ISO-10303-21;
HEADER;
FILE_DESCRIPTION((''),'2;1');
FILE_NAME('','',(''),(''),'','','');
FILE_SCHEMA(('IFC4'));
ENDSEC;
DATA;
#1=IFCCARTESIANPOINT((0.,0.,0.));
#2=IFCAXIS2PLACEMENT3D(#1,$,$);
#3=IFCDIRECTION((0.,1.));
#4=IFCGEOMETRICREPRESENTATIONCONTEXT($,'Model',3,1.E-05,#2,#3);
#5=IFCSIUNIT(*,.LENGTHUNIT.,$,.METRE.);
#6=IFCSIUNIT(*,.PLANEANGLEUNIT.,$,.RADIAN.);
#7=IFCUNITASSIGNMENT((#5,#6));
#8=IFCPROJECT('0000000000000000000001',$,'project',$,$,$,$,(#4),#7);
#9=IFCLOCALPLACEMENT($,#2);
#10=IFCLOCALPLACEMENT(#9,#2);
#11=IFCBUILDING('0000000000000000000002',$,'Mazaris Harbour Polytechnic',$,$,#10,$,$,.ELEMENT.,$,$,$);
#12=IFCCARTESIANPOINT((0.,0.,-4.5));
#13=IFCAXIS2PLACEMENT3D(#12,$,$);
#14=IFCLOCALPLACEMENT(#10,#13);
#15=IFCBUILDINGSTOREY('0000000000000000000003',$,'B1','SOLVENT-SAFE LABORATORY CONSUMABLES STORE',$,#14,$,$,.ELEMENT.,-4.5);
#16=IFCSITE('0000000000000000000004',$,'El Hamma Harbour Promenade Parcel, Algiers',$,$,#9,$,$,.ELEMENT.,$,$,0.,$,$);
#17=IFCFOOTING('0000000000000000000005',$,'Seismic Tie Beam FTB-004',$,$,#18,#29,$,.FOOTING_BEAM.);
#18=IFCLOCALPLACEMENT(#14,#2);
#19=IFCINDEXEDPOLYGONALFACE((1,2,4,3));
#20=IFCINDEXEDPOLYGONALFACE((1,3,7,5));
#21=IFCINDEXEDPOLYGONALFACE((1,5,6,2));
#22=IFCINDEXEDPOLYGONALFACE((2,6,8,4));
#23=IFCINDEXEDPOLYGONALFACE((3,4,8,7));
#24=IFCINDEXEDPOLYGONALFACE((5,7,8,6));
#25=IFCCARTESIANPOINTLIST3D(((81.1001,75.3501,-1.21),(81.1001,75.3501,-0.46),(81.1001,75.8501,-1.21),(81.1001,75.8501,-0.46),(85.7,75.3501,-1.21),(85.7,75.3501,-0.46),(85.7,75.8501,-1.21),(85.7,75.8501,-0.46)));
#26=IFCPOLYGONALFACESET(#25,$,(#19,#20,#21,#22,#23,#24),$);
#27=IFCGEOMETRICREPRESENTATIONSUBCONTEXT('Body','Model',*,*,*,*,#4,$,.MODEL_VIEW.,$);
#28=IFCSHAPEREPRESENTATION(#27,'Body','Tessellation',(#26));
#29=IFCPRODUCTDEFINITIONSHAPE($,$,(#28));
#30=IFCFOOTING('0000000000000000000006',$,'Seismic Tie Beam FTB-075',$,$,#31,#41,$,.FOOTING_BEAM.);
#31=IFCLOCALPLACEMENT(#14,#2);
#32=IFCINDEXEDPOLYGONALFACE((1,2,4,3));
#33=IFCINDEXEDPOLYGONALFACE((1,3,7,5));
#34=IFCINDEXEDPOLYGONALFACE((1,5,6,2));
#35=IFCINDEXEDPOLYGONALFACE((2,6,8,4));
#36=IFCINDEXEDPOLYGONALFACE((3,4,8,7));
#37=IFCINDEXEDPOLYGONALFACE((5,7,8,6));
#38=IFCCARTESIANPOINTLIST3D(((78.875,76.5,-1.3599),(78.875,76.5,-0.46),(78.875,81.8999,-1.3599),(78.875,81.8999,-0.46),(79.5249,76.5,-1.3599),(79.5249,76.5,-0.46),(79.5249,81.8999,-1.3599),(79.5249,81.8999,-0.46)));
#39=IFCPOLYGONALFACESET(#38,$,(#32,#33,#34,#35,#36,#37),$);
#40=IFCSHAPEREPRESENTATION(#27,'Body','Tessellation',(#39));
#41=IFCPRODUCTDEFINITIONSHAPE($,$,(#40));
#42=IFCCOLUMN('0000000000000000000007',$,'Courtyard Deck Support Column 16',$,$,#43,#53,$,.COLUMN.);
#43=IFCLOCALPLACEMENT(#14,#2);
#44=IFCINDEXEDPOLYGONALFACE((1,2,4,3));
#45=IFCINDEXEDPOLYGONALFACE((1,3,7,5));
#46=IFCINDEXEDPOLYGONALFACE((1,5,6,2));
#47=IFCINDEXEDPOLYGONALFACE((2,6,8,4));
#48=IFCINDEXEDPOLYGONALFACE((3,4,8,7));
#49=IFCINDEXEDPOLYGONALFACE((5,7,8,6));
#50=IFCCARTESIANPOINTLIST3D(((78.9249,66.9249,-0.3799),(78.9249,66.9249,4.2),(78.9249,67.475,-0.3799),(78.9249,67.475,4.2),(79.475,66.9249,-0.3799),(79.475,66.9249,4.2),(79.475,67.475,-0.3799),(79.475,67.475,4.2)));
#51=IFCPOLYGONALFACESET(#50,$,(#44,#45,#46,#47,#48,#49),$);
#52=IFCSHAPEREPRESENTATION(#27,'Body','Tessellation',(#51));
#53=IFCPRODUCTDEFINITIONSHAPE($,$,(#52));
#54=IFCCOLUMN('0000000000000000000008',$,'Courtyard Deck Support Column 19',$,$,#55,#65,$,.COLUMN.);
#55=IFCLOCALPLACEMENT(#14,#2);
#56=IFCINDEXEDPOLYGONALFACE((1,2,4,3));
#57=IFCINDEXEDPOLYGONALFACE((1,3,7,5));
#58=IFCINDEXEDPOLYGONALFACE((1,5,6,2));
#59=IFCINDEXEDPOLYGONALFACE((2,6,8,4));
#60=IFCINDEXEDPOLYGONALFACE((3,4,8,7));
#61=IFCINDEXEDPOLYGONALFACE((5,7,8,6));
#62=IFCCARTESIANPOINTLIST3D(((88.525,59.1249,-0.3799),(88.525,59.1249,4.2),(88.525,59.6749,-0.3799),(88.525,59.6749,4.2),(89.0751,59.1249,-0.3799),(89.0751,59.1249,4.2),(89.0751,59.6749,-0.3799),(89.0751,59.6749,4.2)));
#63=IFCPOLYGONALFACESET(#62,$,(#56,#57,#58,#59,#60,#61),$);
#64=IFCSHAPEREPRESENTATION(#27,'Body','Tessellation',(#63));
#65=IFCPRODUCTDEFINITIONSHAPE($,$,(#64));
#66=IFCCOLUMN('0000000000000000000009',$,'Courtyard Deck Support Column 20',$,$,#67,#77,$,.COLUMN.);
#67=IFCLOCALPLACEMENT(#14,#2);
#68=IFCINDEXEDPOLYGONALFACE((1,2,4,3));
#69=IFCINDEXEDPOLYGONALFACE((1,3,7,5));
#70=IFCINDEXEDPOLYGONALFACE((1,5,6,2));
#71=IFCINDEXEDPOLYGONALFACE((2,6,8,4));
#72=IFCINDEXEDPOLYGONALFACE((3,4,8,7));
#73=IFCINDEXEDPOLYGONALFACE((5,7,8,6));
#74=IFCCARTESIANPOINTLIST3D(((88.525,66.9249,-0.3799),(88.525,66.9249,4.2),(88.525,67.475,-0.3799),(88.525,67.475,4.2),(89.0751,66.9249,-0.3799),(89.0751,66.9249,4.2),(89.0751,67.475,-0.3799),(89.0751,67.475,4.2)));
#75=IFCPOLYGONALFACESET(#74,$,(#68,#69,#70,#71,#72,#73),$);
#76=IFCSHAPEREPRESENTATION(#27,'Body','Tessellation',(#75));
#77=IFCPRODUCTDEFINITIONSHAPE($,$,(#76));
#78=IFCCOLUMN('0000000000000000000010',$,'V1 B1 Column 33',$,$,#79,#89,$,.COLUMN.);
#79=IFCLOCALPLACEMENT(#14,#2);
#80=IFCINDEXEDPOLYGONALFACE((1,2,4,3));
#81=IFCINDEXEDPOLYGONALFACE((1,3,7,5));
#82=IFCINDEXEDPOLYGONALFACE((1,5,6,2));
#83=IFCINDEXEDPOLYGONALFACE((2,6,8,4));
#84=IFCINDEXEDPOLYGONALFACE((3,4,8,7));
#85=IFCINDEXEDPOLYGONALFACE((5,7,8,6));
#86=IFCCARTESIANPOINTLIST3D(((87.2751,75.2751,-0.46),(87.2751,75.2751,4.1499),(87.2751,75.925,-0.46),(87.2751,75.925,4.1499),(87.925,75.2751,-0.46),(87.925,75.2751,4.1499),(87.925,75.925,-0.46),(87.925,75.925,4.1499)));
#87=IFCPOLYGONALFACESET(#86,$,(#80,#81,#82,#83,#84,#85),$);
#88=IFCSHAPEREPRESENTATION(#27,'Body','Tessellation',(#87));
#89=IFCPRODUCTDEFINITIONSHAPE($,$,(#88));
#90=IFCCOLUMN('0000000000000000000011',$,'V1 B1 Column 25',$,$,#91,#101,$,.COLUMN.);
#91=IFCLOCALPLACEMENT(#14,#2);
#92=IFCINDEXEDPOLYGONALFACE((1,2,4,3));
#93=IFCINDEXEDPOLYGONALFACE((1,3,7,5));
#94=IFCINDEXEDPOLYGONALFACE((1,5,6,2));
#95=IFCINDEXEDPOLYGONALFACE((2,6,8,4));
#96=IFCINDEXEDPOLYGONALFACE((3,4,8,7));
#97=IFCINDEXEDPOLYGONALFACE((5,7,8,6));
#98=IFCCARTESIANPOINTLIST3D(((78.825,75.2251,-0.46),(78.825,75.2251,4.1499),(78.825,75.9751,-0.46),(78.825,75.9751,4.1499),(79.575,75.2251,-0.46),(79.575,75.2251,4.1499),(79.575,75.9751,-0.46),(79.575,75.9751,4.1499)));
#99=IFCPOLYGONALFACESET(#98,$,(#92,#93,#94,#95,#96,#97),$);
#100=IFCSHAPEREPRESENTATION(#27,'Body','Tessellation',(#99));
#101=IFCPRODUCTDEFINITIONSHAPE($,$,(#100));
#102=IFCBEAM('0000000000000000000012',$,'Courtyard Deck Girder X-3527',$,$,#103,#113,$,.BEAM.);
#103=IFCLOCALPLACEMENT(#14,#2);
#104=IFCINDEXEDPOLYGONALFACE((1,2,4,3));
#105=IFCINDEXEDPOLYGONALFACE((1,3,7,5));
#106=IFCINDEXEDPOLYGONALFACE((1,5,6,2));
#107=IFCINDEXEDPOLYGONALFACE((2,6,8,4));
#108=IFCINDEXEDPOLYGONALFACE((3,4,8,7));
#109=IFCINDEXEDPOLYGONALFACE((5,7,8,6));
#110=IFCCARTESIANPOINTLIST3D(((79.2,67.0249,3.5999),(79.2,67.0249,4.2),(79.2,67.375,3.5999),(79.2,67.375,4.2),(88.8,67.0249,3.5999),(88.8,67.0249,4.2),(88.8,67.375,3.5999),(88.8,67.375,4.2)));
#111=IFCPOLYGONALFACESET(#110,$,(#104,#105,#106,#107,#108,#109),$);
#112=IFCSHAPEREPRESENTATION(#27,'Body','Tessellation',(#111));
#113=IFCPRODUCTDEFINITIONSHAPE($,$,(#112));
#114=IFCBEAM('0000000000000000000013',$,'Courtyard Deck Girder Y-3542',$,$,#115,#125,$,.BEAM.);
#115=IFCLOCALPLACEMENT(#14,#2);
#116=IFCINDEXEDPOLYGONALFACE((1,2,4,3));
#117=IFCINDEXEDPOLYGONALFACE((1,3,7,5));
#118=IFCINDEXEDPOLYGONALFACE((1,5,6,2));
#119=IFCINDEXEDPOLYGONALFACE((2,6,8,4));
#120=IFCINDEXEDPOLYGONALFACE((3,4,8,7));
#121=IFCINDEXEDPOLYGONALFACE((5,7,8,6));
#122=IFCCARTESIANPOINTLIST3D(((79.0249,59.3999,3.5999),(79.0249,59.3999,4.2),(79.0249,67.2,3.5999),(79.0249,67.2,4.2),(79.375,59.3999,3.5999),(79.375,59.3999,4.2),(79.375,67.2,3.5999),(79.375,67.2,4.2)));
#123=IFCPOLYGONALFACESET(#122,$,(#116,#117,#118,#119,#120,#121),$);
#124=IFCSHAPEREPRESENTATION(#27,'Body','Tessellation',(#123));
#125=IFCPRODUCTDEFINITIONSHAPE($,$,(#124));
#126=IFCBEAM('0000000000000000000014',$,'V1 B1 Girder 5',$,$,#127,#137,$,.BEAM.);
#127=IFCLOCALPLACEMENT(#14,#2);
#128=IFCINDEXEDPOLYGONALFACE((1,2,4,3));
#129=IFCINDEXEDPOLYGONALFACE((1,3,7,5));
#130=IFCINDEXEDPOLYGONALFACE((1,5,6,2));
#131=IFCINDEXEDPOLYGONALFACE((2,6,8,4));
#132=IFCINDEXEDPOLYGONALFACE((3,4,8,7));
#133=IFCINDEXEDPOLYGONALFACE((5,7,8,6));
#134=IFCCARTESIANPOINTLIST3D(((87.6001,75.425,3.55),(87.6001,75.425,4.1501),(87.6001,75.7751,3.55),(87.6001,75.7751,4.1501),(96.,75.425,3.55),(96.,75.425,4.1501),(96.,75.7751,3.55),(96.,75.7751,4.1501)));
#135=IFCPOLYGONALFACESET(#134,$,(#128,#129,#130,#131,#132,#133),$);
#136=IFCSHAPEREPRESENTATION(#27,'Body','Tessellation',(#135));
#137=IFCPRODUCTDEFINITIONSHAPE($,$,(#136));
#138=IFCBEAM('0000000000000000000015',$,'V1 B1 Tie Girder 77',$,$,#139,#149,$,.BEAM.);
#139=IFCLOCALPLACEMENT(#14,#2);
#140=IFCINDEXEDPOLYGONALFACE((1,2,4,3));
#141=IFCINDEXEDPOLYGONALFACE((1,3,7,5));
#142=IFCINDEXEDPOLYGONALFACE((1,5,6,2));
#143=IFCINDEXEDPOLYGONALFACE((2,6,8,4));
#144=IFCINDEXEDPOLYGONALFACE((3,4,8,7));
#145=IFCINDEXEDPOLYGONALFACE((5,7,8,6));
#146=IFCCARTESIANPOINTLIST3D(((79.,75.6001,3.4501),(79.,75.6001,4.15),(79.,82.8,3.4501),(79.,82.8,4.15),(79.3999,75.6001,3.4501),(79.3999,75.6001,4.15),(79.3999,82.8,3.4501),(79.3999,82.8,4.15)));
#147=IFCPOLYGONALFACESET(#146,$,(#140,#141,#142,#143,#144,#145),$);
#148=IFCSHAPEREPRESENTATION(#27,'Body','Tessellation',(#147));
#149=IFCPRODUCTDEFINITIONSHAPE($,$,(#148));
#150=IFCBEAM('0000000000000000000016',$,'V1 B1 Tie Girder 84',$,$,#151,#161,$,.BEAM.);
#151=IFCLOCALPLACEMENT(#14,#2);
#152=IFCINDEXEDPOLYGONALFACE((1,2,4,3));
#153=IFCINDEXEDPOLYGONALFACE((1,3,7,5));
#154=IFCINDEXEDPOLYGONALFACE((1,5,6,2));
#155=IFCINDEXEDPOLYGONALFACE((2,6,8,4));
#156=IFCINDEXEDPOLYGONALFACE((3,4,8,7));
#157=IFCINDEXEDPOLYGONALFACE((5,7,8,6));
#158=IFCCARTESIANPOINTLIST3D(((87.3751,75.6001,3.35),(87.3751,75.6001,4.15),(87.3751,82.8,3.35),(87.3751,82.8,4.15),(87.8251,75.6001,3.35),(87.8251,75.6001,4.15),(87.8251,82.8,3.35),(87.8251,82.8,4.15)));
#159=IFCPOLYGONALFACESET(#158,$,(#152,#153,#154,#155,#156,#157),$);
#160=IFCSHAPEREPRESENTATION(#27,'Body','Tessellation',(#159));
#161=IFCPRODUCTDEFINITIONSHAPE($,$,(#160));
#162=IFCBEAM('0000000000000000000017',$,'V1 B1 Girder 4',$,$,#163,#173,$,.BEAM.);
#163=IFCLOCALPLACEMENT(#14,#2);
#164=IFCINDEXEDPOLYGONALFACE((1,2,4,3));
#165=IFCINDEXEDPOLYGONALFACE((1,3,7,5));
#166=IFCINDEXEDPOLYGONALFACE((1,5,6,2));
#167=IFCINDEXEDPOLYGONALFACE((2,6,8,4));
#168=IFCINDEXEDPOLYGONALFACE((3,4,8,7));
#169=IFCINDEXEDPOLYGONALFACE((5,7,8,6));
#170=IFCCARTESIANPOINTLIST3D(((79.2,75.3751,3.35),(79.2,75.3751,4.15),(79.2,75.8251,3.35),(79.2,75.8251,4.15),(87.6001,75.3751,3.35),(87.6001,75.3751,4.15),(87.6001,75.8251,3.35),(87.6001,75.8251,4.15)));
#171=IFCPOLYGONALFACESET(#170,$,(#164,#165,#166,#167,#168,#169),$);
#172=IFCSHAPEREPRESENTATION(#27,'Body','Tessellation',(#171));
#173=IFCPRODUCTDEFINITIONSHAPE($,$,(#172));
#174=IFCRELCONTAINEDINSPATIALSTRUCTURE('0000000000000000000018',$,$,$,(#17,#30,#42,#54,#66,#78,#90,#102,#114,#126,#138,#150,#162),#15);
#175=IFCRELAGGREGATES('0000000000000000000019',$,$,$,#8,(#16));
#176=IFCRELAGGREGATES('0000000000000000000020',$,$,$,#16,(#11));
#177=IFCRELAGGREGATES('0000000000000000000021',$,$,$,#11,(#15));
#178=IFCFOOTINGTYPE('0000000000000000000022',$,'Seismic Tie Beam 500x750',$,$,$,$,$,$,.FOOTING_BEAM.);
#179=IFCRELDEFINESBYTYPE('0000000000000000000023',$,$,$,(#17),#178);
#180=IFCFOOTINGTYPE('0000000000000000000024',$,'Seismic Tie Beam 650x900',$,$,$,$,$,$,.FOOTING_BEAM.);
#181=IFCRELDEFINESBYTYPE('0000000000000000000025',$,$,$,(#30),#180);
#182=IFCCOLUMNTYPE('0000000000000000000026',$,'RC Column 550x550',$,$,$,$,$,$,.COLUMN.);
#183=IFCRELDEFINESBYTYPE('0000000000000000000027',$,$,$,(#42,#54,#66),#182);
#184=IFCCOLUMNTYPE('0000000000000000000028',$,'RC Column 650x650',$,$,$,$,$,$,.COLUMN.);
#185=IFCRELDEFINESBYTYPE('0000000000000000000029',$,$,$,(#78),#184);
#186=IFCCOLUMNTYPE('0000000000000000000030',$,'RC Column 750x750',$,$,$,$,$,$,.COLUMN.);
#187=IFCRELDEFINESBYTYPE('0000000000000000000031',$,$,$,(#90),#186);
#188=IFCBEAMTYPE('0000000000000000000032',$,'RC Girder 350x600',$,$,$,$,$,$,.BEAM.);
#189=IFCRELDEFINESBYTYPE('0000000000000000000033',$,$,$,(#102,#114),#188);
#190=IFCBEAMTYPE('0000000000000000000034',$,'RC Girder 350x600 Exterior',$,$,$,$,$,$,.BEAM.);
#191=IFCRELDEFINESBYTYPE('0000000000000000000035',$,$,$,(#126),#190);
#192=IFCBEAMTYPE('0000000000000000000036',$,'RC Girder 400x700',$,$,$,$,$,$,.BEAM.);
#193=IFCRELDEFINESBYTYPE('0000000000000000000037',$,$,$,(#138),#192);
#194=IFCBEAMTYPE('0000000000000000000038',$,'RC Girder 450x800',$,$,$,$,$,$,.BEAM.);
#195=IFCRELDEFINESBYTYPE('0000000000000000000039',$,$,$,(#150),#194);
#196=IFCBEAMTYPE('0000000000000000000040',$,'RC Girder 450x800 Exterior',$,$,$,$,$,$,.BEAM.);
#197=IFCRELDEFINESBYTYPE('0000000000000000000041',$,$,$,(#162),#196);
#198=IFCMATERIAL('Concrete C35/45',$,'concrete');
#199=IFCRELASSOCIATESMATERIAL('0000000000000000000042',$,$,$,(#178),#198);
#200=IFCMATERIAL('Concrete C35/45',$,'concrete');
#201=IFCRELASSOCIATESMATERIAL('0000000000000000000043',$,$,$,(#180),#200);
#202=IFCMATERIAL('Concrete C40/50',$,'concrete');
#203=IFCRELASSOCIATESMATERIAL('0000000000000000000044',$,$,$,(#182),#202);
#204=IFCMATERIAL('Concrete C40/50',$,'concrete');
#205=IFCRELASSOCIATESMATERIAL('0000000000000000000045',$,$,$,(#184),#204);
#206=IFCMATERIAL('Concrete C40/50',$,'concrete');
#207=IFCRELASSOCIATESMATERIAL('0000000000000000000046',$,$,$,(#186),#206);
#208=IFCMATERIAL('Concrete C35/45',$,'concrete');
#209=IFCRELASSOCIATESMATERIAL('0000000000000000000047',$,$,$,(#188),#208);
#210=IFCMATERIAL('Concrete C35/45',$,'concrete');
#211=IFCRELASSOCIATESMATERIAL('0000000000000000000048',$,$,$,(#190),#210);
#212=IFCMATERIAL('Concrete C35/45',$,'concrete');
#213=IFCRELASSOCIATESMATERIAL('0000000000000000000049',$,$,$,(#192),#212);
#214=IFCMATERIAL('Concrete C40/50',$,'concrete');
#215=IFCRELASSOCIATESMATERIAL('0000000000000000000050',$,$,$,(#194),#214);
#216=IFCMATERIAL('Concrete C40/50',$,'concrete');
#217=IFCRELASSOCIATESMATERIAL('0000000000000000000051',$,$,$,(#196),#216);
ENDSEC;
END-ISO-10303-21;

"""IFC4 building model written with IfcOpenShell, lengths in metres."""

from ifc_helpers import new_model, si_unit, direction, frame, origin, origin_2d, place, context, subcontext, project, spatial, rectangle, extrude, material, material_profile, profile_set, type_object, element, save


model = new_model("IFC4")

# Units and contexts
model_context = context("Model", 3, precision=1e-05, world=origin(), true_north=direction((0.0, 1.0)))
body_context = subcontext(model_context, "Body", "Model", "MODEL_VIEW")
ifc_project = project(units=[si_unit("LENGTHUNIT", "METRE"), si_unit("PLANEANGLEUNIT", "RADIAN")], contexts=[model_context])

# Site, building, storey
site_placement = place(None, origin())
site = spatial("IfcSite", under=ifc_project, at=site_placement, Name="El Hamma Harbour Promenade Parcel, Algiers", CompositionType="ELEMENT", RefElevation=0.0)
building_placement = place(site_placement, origin())
building = spatial("IfcBuilding", under=site, at=building_placement, Name="Mazaris Harbour Polytechnic", CompositionType="ELEMENT")
storey_placement = place(building_placement, frame((0.0, 0.0, -4.5)))
storey = spatial("IfcBuildingStorey", under=building, at=storey_placement, Name="B1", Description="SOLVENT-SAFE LABORATORY CONSUMABLES STORE", CompositionType="ELEMENT", Elevation=-4.5)

# Footings
ifc_material_1 = material(Name="Concrete C35/45", Category="concrete")
ifc_material_profile_1 = material_profile(ifc_material_1, rectangle(XDim=0.5, YDim=0.75, at=origin_2d()), Name="RECT500x750")
ifc_profile_set_1 = profile_set([ifc_material_profile_1], Name="Concrete C35/45")
footing_type_1 = type_object("IfcFootingType", Name="Seismic Tie Beam 500x750", PredefinedType="FOOTING_BEAM", material=ifc_profile_set_1)
footing_1_placement = place(storey_placement, frame((81.1001, 75.6001, -0.835), z_axis=(1.0, 0.0, 0.0), x_axis=(0.0, 1.0, 0.0)))
element("IfcFooting", 1, at=footing_1_placement, inside=storey, type_object=footing_type_1, Name="Seismic Tie Beam FTB-004", PredefinedType="FOOTING_BEAM", context=body_context, shape_type="SweptSolid", body=[
    extrude(rectangle(XDim=0.5, YDim=0.75, at=origin_2d()), origin(), (0.0, 0.0, 1.0), 4.5999),
])
ifc_material_2 = material(Name="Concrete C35/45", Category="concrete")
ifc_material_profile_2 = material_profile(ifc_material_2, rectangle(XDim=0.6499, YDim=0.8999, at=origin_2d()), Name="RECT650x900")
ifc_profile_set_2 = profile_set([ifc_material_profile_2], Name="Concrete C35/45")
footing_type_2 = type_object("IfcFootingType", Name="Seismic Tie Beam 650x900", PredefinedType="FOOTING_BEAM", material=ifc_profile_set_2)
footing_2_placement = place(storey_placement, frame((79.2, 76.5, -0.9099), z_axis=(0.0, 1.0, 0.0), x_axis=(-1.0, 0.0, 0.0)))
element("IfcFooting", 2, at=footing_2_placement, inside=storey, type_object=footing_type_2, Name="Seismic Tie Beam FTB-075", PredefinedType="FOOTING_BEAM", context=body_context, shape_type="SweptSolid", body=[
    extrude(rectangle(XDim=0.6499, YDim=0.8999, at=origin_2d()), origin(), (0.0, 0.0, 1.0), 5.3999),
])

# Columns
ifc_material_3 = material(Name="Concrete C40/50", Category="concrete")
ifc_material_profile_3 = material_profile(ifc_material_3, rectangle(XDim=0.55, YDim=0.55, at=origin_2d()), Name="RECT550x550")
ifc_profile_set_3 = profile_set([ifc_material_profile_3], Name="Concrete C40/50")
column_type_1 = type_object("IfcColumnType", Name="RC Column 550x550", PredefinedType="COLUMN", material=ifc_profile_set_3)
for number, where, z_axis, x_axis, name in (
    (3, (79.2, 67.2, -0.3799), (0.0, 0.0, 1.0), (1.0, 0.0, 0.0), "Courtyard Deck Support Column 16"),
    (4, (88.8, 59.3999, -0.3799), (0.0, 0.0, 1.0), (1.0, 0.0, 0.0), "Courtyard Deck Support Column 19"),
    (5, (88.8, 67.2, -0.3799), (0.0, 0.0, 1.0), (1.0, 0.0, 0.0), "Courtyard Deck Support Column 20"),
):
    element("IfcColumn", number, at=place(storey_placement, frame(where, z_axis=z_axis, x_axis=x_axis)), inside=storey, type_object=column_type_1, Name=name, PredefinedType="COLUMN", context=body_context, shape_type="SweptSolid", body=[
        extrude(rectangle(XDim=0.55, YDim=0.55, at=origin_2d()), origin(), (0.0, 0.0, 1.0), 4.5798),
    ])
ifc_material_4 = material(Name="Concrete C40/50", Category="concrete")
ifc_material_profile_4 = material_profile(ifc_material_4, rectangle(XDim=0.6499, YDim=0.6499, at=origin_2d()), Name="RECT650x650")
ifc_profile_set_4 = profile_set([ifc_material_profile_4], Name="Concrete C40/50")
column_type_2 = type_object("IfcColumnType", Name="RC Column 650x650", PredefinedType="COLUMN", material=ifc_profile_set_4)
column_1_placement = place(storey_placement, frame((87.6001, 75.6001, -0.46), z_axis=(0.0, 0.0, 1.0), x_axis=(1.0, 0.0, 0.0)))
element("IfcColumn", 6, at=column_1_placement, inside=storey, type_object=column_type_2, Name="V1 B1 Column 33", PredefinedType="COLUMN", context=body_context, shape_type="SweptSolid", body=[
    extrude(rectangle(XDim=0.6499, YDim=0.6499, at=origin_2d()), origin(), (0.0, 0.0, 1.0), 4.6099),
])
ifc_material_5 = material(Name="Concrete C40/50", Category="concrete")
ifc_material_profile_5 = material_profile(ifc_material_5, rectangle(XDim=0.75, YDim=0.75, at=origin_2d()), Name="RECT750x750")
ifc_profile_set_5 = profile_set([ifc_material_profile_5], Name="Concrete C40/50")
column_type_3 = type_object("IfcColumnType", Name="RC Column 750x750", PredefinedType="COLUMN", material=ifc_profile_set_5)
column_2_placement = place(storey_placement, frame((79.2, 75.6001, -0.46), z_axis=(0.0, 0.0, 1.0), x_axis=(1.0, 0.0, 0.0)))
element("IfcColumn", 7, at=column_2_placement, inside=storey, type_object=column_type_3, Name="V1 B1 Column 25", PredefinedType="COLUMN", context=body_context, shape_type="SweptSolid", body=[
    extrude(rectangle(XDim=0.75, YDim=0.75, at=origin_2d()), origin(), (0.0, 0.0, 1.0), 4.6099),
])

# Beams
ifc_material_6 = material(Name="Concrete C35/45", Category="concrete")
ifc_material_profile_6 = material_profile(ifc_material_6, rectangle(XDim=0.3501, YDim=0.6001, at=origin_2d()), Name="RECT350x600")
ifc_profile_set_6 = profile_set([ifc_material_profile_6], Name="Concrete C35/45")
beam_type_1 = type_object("IfcBeamType", Name="RC Girder 350x600", PredefinedType="BEAM", material=ifc_profile_set_6)
beam_1_placement = place(storey_placement, frame((79.2, 67.2, 3.8999), z_axis=(1.0, 0.0, 0.0), x_axis=(0.0, 1.0, 0.0)))
element("IfcBeam", 8, at=beam_1_placement, inside=storey, type_object=beam_type_1, Name="Courtyard Deck Girder X-3527", PredefinedType="BEAM", context=body_context, shape_type="SweptSolid", body=[
    extrude(rectangle(XDim=0.3501, YDim=0.6001, at=origin_2d()), origin(), (0.0, 0.0, 1.0), 9.6001),
])
beam_2_placement = place(storey_placement, frame((79.2, 59.3999, 3.8999), z_axis=(0.0, 1.0, 0.0), x_axis=(-1.0, 0.0, 0.0)))
element("IfcBeam", 9, at=beam_2_placement, inside=storey, type_object=beam_type_1, Name="Courtyard Deck Girder Y-3542", PredefinedType="BEAM", context=body_context, shape_type="SweptSolid", body=[
    extrude(rectangle(XDim=0.3501, YDim=0.6001, at=origin_2d()), origin(), (0.0, 0.0, 1.0), 7.8),
])
ifc_material_7 = material(Name="Concrete C35/45", Category="concrete")
ifc_material_profile_7 = material_profile(ifc_material_7, rectangle(XDim=0.3501, YDim=0.6001, at=origin_2d()), Name="RECT350x600")
ifc_profile_set_7 = profile_set([ifc_material_profile_7], Name="Concrete C35/45")
beam_type_2 = type_object("IfcBeamType", Name="RC Girder 350x600 Exterior", PredefinedType="BEAM", material=ifc_profile_set_7)
beam_3_placement = place(storey_placement, frame((87.6001, 75.6001, 3.8501), z_axis=(1.0, 0.0, 0.0), x_axis=(0.0, 1.0, 0.0)))
element("IfcBeam", 10, at=beam_3_placement, inside=storey, type_object=beam_type_2, Name="V1 B1 Girder 5", PredefinedType="BEAM", context=body_context, shape_type="SweptSolid", body=[
    extrude(rectangle(XDim=0.3501, YDim=0.6001, at=origin_2d()), origin(), (0.0, 0.0, 1.0), 8.3999),
])
ifc_material_8 = material(Name="Concrete C35/45", Category="concrete")
ifc_material_profile_8 = material_profile(ifc_material_8, rectangle(XDim=0.3999, YDim=0.7, at=origin_2d()), Name="RECT400x700")
ifc_profile_set_8 = profile_set([ifc_material_profile_8], Name="Concrete C35/45")
beam_type_3 = type_object("IfcBeamType", Name="RC Girder 400x700", PredefinedType="BEAM", material=ifc_profile_set_8)
beam_4_placement = place(storey_placement, frame((79.2, 75.6001, 3.8), z_axis=(0.0, 1.0, 0.0), x_axis=(-1.0, 0.0, 0.0)))
element("IfcBeam", 11, at=beam_4_placement, inside=storey, type_object=beam_type_3, Name="V1 B1 Tie Girder 77", PredefinedType="BEAM", context=body_context, shape_type="SweptSolid", body=[
    extrude(rectangle(XDim=0.3999, YDim=0.7, at=origin_2d()), origin(), (0.0, 0.0, 1.0), 7.2),
])
ifc_material_9 = material(Name="Concrete C40/50", Category="concrete")
ifc_material_profile_9 = material_profile(ifc_material_9, rectangle(XDim=0.45, YDim=0.8, at=origin_2d()), Name="RECT450x800")
ifc_profile_set_9 = profile_set([ifc_material_profile_9], Name="Concrete C40/50")
beam_type_4 = type_object("IfcBeamType", Name="RC Girder 450x800", PredefinedType="BEAM", material=ifc_profile_set_9)
beam_5_placement = place(storey_placement, frame((87.6001, 75.6001, 3.75), z_axis=(0.0, 1.0, 0.0), x_axis=(-1.0, 0.0, 0.0)))
element("IfcBeam", 12, at=beam_5_placement, inside=storey, type_object=beam_type_4, Name="V1 B1 Tie Girder 84", PredefinedType="BEAM", context=body_context, shape_type="SweptSolid", body=[
    extrude(rectangle(XDim=0.45, YDim=0.8, at=origin_2d()), origin(), (0.0, 0.0, 1.0), 7.2),
])
ifc_material_10 = material(Name="Concrete C40/50", Category="concrete")
ifc_material_profile_10 = material_profile(ifc_material_10, rectangle(XDim=0.45, YDim=0.8, at=origin_2d()), Name="RECT450x800")
ifc_profile_set_10 = profile_set([ifc_material_profile_10], Name="Concrete C40/50")
beam_type_5 = type_object("IfcBeamType", Name="RC Girder 450x800 Exterior", PredefinedType="BEAM", material=ifc_profile_set_10)
beam_6_placement = place(storey_placement, frame((79.2, 75.6001, 3.75), z_axis=(1.0, 0.0, 0.0), x_axis=(0.0, 1.0, 0.0)))
element("IfcBeam", 13, at=beam_6_placement, inside=storey, type_object=beam_type_5, Name="V1 B1 Girder 4", PredefinedType="BEAM", context=body_context, shape_type="SweptSolid", body=[
    extrude(rectangle(XDim=0.45, YDim=0.8, at=origin_2d()), origin(), (0.0, 0.0, 1.0), 8.4001),
])

save(model, "model.ifc")
